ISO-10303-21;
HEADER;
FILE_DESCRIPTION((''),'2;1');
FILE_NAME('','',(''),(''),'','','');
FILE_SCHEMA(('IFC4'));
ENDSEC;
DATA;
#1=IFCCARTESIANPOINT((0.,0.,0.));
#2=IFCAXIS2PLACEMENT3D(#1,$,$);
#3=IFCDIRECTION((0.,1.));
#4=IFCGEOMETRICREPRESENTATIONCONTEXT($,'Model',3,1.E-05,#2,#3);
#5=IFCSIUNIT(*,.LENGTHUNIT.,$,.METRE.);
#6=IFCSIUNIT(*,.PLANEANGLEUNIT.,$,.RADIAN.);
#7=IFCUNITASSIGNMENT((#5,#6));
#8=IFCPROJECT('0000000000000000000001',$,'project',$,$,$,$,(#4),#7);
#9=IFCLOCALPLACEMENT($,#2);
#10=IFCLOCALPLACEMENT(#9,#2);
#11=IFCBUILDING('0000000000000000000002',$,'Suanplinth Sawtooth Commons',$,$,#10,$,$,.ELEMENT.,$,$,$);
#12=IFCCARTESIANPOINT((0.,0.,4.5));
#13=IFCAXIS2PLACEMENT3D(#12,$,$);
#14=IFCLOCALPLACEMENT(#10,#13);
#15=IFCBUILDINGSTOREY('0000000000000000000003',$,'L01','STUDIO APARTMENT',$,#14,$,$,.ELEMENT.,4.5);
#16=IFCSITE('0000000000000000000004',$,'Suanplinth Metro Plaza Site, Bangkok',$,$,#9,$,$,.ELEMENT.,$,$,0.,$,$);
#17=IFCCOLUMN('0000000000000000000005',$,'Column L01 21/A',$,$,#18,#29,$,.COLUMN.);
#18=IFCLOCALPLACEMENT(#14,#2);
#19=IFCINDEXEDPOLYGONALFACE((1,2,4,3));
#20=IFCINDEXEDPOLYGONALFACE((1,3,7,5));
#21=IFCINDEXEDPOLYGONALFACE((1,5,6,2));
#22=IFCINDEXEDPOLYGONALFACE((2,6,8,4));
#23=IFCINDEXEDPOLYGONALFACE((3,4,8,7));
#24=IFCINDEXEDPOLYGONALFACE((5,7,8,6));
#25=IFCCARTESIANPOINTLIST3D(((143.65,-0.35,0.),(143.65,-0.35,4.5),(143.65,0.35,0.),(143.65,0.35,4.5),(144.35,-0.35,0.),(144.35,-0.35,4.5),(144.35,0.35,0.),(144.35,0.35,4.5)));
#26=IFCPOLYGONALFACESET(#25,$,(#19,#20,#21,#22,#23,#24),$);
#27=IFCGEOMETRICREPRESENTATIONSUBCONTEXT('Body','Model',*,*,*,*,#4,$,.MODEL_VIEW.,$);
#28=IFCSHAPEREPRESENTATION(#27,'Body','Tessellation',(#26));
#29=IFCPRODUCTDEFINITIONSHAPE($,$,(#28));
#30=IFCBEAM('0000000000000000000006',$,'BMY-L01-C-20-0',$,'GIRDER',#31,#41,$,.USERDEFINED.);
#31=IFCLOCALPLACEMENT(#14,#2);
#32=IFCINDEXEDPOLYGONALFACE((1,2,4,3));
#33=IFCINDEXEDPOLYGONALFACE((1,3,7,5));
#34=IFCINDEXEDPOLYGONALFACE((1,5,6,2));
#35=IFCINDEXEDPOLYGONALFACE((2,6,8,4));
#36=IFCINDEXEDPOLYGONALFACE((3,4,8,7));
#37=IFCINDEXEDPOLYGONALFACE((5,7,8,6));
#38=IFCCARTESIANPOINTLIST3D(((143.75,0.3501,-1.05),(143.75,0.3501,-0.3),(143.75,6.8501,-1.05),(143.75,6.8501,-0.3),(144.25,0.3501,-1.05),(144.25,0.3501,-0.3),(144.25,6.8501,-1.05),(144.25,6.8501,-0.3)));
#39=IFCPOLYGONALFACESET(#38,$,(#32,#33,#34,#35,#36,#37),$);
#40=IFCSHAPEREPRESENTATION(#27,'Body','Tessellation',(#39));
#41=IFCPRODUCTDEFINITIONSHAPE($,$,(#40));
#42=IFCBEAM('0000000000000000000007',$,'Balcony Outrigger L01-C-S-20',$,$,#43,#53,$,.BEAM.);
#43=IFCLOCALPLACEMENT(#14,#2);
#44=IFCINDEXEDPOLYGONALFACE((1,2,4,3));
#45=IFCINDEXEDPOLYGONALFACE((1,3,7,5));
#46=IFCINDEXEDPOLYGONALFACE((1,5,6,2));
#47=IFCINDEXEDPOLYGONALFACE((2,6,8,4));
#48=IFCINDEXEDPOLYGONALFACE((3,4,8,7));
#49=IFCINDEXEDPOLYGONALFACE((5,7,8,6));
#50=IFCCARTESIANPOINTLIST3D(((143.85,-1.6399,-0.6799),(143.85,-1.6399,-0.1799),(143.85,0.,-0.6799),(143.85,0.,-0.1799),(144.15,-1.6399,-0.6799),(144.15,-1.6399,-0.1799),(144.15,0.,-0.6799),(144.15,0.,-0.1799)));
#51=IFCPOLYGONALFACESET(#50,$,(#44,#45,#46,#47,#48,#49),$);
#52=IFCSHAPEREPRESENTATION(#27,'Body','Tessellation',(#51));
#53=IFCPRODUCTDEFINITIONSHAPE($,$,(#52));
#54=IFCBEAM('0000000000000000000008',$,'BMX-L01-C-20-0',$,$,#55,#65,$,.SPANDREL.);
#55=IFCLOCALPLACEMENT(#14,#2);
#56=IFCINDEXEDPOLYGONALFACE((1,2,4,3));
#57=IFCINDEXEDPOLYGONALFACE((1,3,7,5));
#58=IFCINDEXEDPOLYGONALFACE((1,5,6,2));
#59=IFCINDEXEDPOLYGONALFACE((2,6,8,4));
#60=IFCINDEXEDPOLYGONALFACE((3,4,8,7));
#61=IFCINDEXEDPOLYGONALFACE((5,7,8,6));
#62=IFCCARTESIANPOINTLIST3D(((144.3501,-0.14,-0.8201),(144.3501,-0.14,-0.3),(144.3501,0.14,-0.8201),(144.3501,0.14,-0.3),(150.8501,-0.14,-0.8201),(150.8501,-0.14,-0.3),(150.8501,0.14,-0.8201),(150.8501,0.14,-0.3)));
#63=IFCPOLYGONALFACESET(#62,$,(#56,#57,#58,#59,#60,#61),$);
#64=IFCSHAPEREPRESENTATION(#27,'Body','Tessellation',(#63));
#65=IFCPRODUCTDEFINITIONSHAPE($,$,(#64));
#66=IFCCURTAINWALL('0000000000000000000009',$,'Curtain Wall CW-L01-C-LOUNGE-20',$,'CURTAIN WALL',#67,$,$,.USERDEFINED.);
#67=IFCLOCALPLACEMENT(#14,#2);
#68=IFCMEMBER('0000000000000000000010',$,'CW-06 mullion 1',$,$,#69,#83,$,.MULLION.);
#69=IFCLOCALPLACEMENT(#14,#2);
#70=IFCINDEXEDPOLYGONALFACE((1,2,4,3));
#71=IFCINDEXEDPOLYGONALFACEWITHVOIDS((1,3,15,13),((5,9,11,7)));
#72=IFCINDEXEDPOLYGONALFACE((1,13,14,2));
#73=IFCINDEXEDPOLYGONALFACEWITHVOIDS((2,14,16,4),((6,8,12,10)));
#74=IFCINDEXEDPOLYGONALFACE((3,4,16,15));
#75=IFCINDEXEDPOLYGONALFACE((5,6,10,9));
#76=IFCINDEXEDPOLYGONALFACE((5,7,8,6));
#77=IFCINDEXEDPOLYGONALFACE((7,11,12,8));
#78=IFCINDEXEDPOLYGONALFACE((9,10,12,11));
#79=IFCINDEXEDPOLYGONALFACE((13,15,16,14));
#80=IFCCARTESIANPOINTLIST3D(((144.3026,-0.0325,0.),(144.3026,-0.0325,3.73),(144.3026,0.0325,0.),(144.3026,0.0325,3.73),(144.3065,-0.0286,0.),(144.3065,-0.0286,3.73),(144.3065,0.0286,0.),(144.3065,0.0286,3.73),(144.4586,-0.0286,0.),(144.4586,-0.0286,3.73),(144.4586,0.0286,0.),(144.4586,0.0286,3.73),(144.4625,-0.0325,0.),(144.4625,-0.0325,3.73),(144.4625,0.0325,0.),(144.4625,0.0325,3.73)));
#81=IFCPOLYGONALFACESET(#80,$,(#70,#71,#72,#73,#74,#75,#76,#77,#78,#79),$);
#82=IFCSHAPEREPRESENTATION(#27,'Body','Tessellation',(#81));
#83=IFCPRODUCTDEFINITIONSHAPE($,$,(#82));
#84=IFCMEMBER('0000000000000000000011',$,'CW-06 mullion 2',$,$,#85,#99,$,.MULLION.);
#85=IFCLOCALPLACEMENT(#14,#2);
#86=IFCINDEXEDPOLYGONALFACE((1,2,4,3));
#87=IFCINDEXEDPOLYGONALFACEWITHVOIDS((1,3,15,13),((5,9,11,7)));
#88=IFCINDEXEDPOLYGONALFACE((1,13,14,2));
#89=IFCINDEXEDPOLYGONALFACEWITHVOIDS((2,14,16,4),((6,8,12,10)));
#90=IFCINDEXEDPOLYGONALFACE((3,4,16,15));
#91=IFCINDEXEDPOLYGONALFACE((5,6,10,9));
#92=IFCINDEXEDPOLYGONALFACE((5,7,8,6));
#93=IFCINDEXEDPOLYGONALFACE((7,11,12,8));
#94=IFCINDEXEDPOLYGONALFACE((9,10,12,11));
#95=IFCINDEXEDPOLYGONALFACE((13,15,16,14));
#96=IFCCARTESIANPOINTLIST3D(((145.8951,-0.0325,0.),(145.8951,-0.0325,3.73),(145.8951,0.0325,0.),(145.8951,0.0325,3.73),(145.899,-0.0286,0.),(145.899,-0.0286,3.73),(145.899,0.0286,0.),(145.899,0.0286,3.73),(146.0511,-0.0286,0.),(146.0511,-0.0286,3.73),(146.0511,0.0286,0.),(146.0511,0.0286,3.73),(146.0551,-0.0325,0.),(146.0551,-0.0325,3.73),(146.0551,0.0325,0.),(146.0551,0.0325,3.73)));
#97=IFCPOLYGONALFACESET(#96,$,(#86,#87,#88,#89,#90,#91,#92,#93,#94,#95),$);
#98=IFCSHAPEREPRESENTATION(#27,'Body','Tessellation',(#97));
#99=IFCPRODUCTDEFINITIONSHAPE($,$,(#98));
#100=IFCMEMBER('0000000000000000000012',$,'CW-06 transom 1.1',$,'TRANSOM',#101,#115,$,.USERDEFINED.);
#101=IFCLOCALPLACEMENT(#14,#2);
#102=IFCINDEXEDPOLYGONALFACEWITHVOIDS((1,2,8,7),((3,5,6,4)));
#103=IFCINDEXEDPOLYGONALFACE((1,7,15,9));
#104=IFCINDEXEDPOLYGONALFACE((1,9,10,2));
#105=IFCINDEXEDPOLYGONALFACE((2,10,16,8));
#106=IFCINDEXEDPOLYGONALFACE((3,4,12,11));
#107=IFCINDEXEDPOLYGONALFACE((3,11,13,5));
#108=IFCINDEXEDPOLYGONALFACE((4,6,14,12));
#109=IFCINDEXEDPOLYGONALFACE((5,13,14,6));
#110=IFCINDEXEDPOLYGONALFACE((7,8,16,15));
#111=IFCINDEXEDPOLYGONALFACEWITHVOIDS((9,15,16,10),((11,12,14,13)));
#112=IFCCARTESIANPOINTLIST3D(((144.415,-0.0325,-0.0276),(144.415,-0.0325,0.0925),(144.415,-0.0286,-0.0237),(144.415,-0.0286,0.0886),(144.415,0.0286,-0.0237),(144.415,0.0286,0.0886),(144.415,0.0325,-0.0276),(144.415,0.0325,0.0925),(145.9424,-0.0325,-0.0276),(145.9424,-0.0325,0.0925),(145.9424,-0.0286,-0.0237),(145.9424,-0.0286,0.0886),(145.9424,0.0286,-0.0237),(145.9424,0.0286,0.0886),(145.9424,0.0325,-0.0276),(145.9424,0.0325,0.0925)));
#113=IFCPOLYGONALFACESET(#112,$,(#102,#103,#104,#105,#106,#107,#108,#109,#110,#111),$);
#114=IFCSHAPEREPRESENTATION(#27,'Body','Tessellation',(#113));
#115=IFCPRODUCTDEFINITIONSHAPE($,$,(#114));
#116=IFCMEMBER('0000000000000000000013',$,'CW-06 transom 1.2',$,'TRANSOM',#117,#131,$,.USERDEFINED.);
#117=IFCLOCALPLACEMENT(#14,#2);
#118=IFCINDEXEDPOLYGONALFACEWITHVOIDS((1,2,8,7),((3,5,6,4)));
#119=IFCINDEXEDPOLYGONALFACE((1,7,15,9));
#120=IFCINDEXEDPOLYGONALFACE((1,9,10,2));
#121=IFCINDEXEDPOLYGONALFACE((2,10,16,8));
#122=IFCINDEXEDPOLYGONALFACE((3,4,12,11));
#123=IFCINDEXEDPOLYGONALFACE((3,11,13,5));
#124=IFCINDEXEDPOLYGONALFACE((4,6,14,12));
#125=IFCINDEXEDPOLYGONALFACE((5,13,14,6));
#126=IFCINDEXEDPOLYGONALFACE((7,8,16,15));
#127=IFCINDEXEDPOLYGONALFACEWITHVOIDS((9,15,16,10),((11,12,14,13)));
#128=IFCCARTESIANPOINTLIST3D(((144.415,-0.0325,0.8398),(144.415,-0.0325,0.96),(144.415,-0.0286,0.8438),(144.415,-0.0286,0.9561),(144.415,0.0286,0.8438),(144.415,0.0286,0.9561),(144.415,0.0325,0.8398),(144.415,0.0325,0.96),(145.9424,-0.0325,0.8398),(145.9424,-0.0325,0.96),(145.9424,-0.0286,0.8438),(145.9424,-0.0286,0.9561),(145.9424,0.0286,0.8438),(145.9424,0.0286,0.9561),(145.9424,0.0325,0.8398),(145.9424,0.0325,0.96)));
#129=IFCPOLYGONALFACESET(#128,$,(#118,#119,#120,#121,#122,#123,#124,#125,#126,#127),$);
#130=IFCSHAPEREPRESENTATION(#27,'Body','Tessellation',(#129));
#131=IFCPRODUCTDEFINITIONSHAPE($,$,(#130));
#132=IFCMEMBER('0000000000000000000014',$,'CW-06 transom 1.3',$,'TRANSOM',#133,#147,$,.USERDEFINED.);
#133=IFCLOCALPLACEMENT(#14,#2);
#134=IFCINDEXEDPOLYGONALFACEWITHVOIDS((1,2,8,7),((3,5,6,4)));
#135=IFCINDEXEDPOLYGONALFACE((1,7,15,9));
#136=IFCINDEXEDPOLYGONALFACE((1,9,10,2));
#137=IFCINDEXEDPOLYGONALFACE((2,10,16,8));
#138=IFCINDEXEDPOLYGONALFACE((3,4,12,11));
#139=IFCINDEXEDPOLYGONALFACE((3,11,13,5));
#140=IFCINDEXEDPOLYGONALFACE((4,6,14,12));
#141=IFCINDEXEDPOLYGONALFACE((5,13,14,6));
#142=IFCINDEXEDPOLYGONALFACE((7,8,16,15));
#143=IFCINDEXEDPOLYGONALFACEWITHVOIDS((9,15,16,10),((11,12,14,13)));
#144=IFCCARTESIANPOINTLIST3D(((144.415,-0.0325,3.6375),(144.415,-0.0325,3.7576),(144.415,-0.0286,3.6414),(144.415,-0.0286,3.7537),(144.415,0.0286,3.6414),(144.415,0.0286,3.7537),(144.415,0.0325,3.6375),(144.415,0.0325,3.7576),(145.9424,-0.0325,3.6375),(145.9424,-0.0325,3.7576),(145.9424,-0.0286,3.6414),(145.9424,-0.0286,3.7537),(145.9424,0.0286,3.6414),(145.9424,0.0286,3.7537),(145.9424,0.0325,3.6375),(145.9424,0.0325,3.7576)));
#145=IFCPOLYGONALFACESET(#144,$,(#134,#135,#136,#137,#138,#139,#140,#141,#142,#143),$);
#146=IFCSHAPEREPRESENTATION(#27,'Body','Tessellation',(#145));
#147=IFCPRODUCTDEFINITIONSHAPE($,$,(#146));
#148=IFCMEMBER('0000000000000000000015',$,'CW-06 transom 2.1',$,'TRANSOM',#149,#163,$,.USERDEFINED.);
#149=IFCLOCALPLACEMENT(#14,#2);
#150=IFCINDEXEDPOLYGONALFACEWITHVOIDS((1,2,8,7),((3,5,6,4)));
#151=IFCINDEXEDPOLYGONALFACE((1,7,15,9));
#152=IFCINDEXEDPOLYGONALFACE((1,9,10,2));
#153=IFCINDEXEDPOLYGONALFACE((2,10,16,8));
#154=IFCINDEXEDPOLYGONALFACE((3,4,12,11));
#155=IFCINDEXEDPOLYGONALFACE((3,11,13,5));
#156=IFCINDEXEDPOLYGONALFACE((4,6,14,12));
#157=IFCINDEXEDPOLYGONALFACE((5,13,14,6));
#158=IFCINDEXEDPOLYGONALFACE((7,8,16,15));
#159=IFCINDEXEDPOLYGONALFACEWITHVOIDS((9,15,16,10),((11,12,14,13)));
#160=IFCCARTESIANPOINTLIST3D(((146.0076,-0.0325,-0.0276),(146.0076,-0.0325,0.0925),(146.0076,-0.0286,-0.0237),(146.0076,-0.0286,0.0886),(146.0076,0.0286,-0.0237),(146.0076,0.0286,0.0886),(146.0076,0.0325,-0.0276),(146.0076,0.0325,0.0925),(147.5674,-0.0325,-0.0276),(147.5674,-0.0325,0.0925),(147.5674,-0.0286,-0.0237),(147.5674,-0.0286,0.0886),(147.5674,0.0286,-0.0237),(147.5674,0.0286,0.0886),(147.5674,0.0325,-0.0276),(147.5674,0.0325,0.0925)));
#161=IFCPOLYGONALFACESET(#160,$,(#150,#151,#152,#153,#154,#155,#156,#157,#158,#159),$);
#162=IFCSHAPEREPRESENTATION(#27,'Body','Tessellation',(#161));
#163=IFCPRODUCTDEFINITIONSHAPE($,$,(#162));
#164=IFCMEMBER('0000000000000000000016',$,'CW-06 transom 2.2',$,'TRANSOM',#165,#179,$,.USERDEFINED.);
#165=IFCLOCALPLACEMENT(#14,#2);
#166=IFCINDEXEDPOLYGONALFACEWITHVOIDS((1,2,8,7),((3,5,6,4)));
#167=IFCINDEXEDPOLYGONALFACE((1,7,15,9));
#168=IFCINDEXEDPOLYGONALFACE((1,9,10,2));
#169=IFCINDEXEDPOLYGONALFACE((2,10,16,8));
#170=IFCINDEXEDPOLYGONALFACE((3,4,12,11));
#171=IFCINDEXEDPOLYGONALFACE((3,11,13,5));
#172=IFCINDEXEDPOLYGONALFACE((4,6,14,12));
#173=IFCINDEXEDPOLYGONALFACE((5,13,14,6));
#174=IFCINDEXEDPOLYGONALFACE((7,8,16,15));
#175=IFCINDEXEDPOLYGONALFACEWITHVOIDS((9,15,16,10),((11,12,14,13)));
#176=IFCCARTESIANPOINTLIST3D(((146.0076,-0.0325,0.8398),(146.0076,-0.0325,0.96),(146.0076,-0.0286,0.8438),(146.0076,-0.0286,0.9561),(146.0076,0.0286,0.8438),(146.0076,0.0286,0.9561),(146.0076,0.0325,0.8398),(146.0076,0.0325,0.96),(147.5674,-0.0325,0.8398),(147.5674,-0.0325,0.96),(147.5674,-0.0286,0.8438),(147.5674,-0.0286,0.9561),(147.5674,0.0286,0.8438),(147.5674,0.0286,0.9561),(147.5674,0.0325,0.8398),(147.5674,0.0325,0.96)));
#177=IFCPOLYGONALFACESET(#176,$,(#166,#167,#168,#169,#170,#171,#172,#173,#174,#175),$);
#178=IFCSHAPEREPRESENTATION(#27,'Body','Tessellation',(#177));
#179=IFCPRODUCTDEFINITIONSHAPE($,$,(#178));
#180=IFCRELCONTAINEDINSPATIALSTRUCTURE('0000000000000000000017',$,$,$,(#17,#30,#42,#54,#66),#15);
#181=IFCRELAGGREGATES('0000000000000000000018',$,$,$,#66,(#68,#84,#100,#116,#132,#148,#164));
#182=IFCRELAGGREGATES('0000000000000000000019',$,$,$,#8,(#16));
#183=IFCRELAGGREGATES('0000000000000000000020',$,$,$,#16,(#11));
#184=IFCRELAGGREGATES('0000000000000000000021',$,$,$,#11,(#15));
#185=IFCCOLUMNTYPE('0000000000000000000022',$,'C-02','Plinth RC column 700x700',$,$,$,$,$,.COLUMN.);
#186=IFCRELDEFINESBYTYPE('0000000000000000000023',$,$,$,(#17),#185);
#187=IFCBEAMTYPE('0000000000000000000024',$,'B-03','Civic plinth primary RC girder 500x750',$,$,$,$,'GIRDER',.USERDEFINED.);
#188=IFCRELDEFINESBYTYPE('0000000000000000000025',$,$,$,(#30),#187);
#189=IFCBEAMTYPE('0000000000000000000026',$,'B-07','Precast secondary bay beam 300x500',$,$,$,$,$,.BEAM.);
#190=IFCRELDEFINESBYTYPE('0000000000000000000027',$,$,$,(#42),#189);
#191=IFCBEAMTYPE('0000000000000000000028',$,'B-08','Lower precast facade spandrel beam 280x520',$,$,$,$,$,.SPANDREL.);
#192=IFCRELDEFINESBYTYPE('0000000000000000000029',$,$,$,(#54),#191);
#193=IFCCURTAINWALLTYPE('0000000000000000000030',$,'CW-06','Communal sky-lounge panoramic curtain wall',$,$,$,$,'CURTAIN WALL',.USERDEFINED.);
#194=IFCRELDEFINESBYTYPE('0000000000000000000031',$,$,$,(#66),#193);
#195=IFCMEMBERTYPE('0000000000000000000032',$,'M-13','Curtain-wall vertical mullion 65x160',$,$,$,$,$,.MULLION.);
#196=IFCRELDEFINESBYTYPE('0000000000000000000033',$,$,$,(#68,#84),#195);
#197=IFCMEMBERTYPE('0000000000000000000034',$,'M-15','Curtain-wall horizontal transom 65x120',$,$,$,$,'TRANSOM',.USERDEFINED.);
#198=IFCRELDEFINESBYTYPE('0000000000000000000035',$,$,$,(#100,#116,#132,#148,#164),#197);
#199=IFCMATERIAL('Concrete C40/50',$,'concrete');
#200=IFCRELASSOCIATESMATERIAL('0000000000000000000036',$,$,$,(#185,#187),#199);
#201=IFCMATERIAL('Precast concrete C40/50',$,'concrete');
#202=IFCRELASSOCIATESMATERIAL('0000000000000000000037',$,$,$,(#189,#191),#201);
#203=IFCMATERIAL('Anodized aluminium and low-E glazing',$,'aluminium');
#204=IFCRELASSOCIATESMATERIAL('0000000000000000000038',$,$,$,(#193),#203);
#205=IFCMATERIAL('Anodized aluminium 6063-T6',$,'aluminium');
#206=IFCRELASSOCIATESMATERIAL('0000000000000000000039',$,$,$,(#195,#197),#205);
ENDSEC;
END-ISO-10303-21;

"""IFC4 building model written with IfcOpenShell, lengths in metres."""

from ifc_helpers import new_model, si_unit, direction, frame, origin, origin_2d, place, context, subcontext, project, spatial, rectangle, hollow_rectangle, extrude, material, material_profile, profile_set, type_object, element, aggregate, save


model = new_model("IFC4")

# Units and contexts
model_context = context("Model", 3, precision=1e-05, world=origin(), true_north=direction((0.0, 1.0)))
body_context = subcontext(model_context, "Body", "Model", "MODEL_VIEW")
ifc_project = project(units=[si_unit("LENGTHUNIT", "METRE"), si_unit("PLANEANGLEUNIT", "RADIAN")], contexts=[model_context])

# Site, building, storey
site_placement = place(None, origin())
site = spatial("IfcSite", under=ifc_project, at=site_placement, Name="Suanplinth Metro Plaza Site, Bangkok", CompositionType="ELEMENT", RefElevation=0.0)
building_placement = place(site_placement, origin())
building = spatial("IfcBuilding", under=site, at=building_placement, Name="Suanplinth Sawtooth Commons", CompositionType="ELEMENT")
storey_placement = place(building_placement, frame((0.0, 0.0, 4.5)))
storey = spatial("IfcBuildingStorey", under=building, at=storey_placement, Name="L01", Description="STUDIO APARTMENT", CompositionType="ELEMENT", Elevation=4.5)

# Column
ifc_material_1 = material(Name="Concrete C40/50", Category="concrete")
ifc_material_profile_1 = material_profile(ifc_material_1, rectangle(XDim=0.7, YDim=0.7, at=origin_2d()), Name="RC-COL 700x700")
ifc_profile_set_1 = profile_set([ifc_material_profile_1], Name="Concrete C40/50")
column_type = type_object("IfcColumnType", Name="C-02", Description="Plinth RC column 700x700", PredefinedType="COLUMN", material=ifc_profile_set_1)
column_placement = place(storey_placement, frame((144.0, 0.0, 0.0), z_axis=(0.0, 0.0, 1.0), x_axis=(1.0, 0.0, 0.0)))
element("IfcColumn", 1, at=column_placement, inside=storey, type_object=column_type, Name="Column L01 21/A", PredefinedType="COLUMN", context=body_context, shape_type="SweptSolid", body=[
    extrude(rectangle(XDim=0.7, YDim=0.7, at=origin_2d()), origin(), (0.0, 0.0, 1.0), 4.5),
])

# Beams
ifc_material_profile_2 = material_profile(ifc_material_1, rectangle(XDim=0.5, YDim=0.75, at=origin_2d()), Name="RC-GDR 500x750")
ifc_profile_set_2 = profile_set([ifc_material_profile_2], Name="Concrete C40/50")
beam_type_1 = type_object("IfcBeamType", Name="B-03", Description="Civic plinth primary RC girder 500x750", ElementType="GIRDER", PredefinedType="USERDEFINED", material=ifc_profile_set_2)
beam_1_placement = place(storey_placement, frame((144.0, 0.3501, -0.675), z_axis=(0.0, 1.0, 0.0), x_axis=(-1.0, 0.0, 0.0)))
element("IfcBeam", 2, at=beam_1_placement, inside=storey, type_object=beam_type_1, Name="BMY-L01-C-20-0", ObjectType="GIRDER", PredefinedType="USERDEFINED", context=body_context, shape_type="SweptSolid", body=[
    extrude(rectangle(XDim=0.5, YDim=0.75, at=origin_2d()), origin(), (0.0, 0.0, 1.0), 6.5),
])
ifc_material_2 = material(Name="Precast concrete C40/50", Category="concrete")
ifc_material_profile_3 = material_profile(ifc_material_2, rectangle(XDim=0.3, YDim=0.5, at=origin_2d()), Name="PC-BM 300x500")
ifc_profile_set_3 = profile_set([ifc_material_profile_3], Name="Precast concrete C40/50")
beam_type_2 = type_object("IfcBeamType", Name="B-07", Description="Precast secondary bay beam 300x500", PredefinedType="BEAM", material=ifc_profile_set_3)
beam_2_placement = place(storey_placement, frame((144.0, 0.0, -0.4299), z_axis=(0.0, -1.0, 0.0), x_axis=(1.0, 0.0, 0.0)))
element("IfcBeam", 3, at=beam_2_placement, inside=storey, type_object=beam_type_2, Name="Balcony Outrigger L01-C-S-20", PredefinedType="BEAM", context=body_context, shape_type="SweptSolid", body=[
    extrude(rectangle(XDim=0.3, YDim=0.5, at=origin_2d()), origin(), (0.0, 0.0, 1.0), 1.6399),
])
ifc_material_profile_4 = material_profile(ifc_material_2, rectangle(XDim=0.28, YDim=0.52, at=origin_2d()), Name="PC-SP 280x520")
ifc_profile_set_4 = profile_set([ifc_material_profile_4], Name="Precast concrete C40/50")
beam_type_3 = type_object("IfcBeamType", Name="B-08", Description="Lower precast facade spandrel beam 280x520", PredefinedType="SPANDREL", material=ifc_profile_set_4)
beam_3_placement = place(storey_placement, frame((144.3501, 0.0, -0.5601), z_axis=(1.0, 0.0, 0.0), x_axis=(0.0, 1.0, 0.0)))
element("IfcBeam", 4, at=beam_3_placement, inside=storey, type_object=beam_type_3, Name="BMX-L01-C-20-0", PredefinedType="SPANDREL", context=body_context, shape_type="SweptSolid", body=[
    extrude(rectangle(XDim=0.28, YDim=0.52, at=origin_2d()), origin(), (0.0, 0.0, 1.0), 6.5),
])

# Curtain wall, members
ifc_material_3 = material(Name="Anodized aluminium and low-E glazing", Category="aluminium")
curtain_wall_type = type_object("IfcCurtainWallType", Name="CW-06", Description="Communal sky-lounge panoramic curtain wall", ElementType="CURTAIN WALL", PredefinedType="USERDEFINED", material=ifc_material_3)
curtain_wall_placement = place(storey_placement, origin())
curtain_wall = element("IfcCurtainWall", 5, at=curtain_wall_placement, inside=storey, type_object=curtain_wall_type, Name="Curtain Wall CW-L01-C-LOUNGE-20", ObjectType="CURTAIN WALL", PredefinedType="USERDEFINED")
ifc_material_4 = material(Name="Anodized aluminium 6063-T6", Category="aluminium")
ifc_material_profile_5 = material_profile(ifc_material_4, hollow_rectangle(XDim=0.0649, YDim=0.1599, WallThickness=0.0039, at=origin_2d()), Name="ALU-MUL 65x160")
ifc_profile_set_5 = profile_set([ifc_material_profile_5], Name="Anodized aluminium 6063-T6")
member_type_1 = type_object("IfcMemberType", Name="M-13", Description="Curtain-wall vertical mullion 65x160", PredefinedType="MULLION", material=ifc_profile_set_5)
member_1_placement = place(storey_placement, frame((144.3826, 0.0, 0.0), z_axis=(0.0, 0.0, 1.0), x_axis=(0.0, 1.0, 0.0)))
member_1 = element("IfcMember", 6, at=member_1_placement, type_object=member_type_1, Name="CW-06 mullion 1", PredefinedType="MULLION", context=body_context, shape_type="SweptSolid", body=[
    extrude(hollow_rectangle(XDim=0.0649, YDim=0.1599, WallThickness=0.0039, at=origin_2d()), origin(), (0.0, 0.0, 1.0), 3.73),
])
member_2_placement = place(storey_placement, frame((145.9751, 0.0, 0.0), z_axis=(0.0, 0.0, 1.0), x_axis=(0.0, 1.0, 0.0)))
member_2 = element("IfcMember", 7, at=member_2_placement, type_object=member_type_1, Name="CW-06 mullion 2", PredefinedType="MULLION", context=body_context, shape_type="SweptSolid", body=[
    extrude(hollow_rectangle(XDim=0.0649, YDim=0.1599, WallThickness=0.0039, at=origin_2d()), origin(), (0.0, 0.0, 1.0), 3.73),
])
ifc_material_profile_6 = material_profile(ifc_material_4, hollow_rectangle(XDim=0.0649, YDim=0.1201, WallThickness=0.0039, at=origin_2d()), Name="ALU-TRN 65x120")
ifc_profile_set_6 = profile_set([ifc_material_profile_6], Name="Anodized aluminium 6063-T6")
member_type_2 = type_object("IfcMemberType", Name="M-15", Description="Curtain-wall horizontal transom 65x120", ElementType="TRANSOM", PredefinedType="USERDEFINED", material=ifc_profile_set_6)
member_3_placement = place(storey_placement, frame((144.415, 0.0, 0.0325), z_axis=(1.0, 0.0, 0.0), x_axis=(0.0, 1.0, 0.0)))
member_3 = element("IfcMember", 8, at=member_3_placement, type_object=member_type_2, Name="CW-06 transom 1.1", ObjectType="TRANSOM", PredefinedType="USERDEFINED", context=body_context, shape_type="SweptSolid", body=[
    extrude(hollow_rectangle(XDim=0.0649, YDim=0.1201, WallThickness=0.0039, at=origin_2d()), origin(), (0.0, 0.0, 1.0), 1.5273),
])
member_4_placement = place(storey_placement, frame((144.415, 0.0, 0.8999), z_axis=(1.0, 0.0, 0.0), x_axis=(0.0, 1.0, 0.0)))
member_4 = element("IfcMember", 9, at=member_4_placement, type_object=member_type_2, Name="CW-06 transom 1.2", ObjectType="TRANSOM", PredefinedType="USERDEFINED", context=body_context, shape_type="SweptSolid", body=[
    extrude(hollow_rectangle(XDim=0.0649, YDim=0.1201, WallThickness=0.0039, at=origin_2d()), origin(), (0.0, 0.0, 1.0), 1.5273),
])
member_5_placement = place(storey_placement, frame((144.415, 0.0, 3.6975), z_axis=(1.0, 0.0, 0.0), x_axis=(0.0, 1.0, 0.0)))
member_5 = element("IfcMember", 10, at=member_5_placement, type_object=member_type_2, Name="CW-06 transom 1.3", ObjectType="TRANSOM", PredefinedType="USERDEFINED", context=body_context, shape_type="SweptSolid", body=[
    extrude(hollow_rectangle(XDim=0.0649, YDim=0.1201, WallThickness=0.0039, at=origin_2d()), origin(), (0.0, 0.0, 1.0), 1.5273),
])
member_6_placement = place(storey_placement, frame((146.0076, 0.0, 0.0325), z_axis=(1.0, 0.0, 0.0), x_axis=(0.0, 1.0, 0.0)))
member_6 = element("IfcMember", 11, at=member_6_placement, type_object=member_type_2, Name="CW-06 transom 2.1", ObjectType="TRANSOM", PredefinedType="USERDEFINED", context=body_context, shape_type="SweptSolid", body=[
    extrude(hollow_rectangle(XDim=0.0649, YDim=0.1201, WallThickness=0.0039, at=origin_2d()), origin(), (0.0, 0.0, 1.0), 1.5598),
])
member_7_placement = place(storey_placement, frame((146.0076, 0.0, 0.8999), z_axis=(1.0, 0.0, 0.0), x_axis=(0.0, 1.0, 0.0)))
member_7 = element("IfcMember", 12, at=member_7_placement, type_object=member_type_2, Name="CW-06 transom 2.2", ObjectType="TRANSOM", PredefinedType="USERDEFINED", context=body_context, shape_type="SweptSolid", body=[
    extrude(hollow_rectangle(XDim=0.0649, YDim=0.1201, WallThickness=0.0039, at=origin_2d()), origin(), (0.0, 0.0, 1.0), 1.5598),
])
aggregate(curtain_wall, [member_1, member_2, member_3, member_4, member_5, member_6, member_7])

save(model, "model.ifc")
